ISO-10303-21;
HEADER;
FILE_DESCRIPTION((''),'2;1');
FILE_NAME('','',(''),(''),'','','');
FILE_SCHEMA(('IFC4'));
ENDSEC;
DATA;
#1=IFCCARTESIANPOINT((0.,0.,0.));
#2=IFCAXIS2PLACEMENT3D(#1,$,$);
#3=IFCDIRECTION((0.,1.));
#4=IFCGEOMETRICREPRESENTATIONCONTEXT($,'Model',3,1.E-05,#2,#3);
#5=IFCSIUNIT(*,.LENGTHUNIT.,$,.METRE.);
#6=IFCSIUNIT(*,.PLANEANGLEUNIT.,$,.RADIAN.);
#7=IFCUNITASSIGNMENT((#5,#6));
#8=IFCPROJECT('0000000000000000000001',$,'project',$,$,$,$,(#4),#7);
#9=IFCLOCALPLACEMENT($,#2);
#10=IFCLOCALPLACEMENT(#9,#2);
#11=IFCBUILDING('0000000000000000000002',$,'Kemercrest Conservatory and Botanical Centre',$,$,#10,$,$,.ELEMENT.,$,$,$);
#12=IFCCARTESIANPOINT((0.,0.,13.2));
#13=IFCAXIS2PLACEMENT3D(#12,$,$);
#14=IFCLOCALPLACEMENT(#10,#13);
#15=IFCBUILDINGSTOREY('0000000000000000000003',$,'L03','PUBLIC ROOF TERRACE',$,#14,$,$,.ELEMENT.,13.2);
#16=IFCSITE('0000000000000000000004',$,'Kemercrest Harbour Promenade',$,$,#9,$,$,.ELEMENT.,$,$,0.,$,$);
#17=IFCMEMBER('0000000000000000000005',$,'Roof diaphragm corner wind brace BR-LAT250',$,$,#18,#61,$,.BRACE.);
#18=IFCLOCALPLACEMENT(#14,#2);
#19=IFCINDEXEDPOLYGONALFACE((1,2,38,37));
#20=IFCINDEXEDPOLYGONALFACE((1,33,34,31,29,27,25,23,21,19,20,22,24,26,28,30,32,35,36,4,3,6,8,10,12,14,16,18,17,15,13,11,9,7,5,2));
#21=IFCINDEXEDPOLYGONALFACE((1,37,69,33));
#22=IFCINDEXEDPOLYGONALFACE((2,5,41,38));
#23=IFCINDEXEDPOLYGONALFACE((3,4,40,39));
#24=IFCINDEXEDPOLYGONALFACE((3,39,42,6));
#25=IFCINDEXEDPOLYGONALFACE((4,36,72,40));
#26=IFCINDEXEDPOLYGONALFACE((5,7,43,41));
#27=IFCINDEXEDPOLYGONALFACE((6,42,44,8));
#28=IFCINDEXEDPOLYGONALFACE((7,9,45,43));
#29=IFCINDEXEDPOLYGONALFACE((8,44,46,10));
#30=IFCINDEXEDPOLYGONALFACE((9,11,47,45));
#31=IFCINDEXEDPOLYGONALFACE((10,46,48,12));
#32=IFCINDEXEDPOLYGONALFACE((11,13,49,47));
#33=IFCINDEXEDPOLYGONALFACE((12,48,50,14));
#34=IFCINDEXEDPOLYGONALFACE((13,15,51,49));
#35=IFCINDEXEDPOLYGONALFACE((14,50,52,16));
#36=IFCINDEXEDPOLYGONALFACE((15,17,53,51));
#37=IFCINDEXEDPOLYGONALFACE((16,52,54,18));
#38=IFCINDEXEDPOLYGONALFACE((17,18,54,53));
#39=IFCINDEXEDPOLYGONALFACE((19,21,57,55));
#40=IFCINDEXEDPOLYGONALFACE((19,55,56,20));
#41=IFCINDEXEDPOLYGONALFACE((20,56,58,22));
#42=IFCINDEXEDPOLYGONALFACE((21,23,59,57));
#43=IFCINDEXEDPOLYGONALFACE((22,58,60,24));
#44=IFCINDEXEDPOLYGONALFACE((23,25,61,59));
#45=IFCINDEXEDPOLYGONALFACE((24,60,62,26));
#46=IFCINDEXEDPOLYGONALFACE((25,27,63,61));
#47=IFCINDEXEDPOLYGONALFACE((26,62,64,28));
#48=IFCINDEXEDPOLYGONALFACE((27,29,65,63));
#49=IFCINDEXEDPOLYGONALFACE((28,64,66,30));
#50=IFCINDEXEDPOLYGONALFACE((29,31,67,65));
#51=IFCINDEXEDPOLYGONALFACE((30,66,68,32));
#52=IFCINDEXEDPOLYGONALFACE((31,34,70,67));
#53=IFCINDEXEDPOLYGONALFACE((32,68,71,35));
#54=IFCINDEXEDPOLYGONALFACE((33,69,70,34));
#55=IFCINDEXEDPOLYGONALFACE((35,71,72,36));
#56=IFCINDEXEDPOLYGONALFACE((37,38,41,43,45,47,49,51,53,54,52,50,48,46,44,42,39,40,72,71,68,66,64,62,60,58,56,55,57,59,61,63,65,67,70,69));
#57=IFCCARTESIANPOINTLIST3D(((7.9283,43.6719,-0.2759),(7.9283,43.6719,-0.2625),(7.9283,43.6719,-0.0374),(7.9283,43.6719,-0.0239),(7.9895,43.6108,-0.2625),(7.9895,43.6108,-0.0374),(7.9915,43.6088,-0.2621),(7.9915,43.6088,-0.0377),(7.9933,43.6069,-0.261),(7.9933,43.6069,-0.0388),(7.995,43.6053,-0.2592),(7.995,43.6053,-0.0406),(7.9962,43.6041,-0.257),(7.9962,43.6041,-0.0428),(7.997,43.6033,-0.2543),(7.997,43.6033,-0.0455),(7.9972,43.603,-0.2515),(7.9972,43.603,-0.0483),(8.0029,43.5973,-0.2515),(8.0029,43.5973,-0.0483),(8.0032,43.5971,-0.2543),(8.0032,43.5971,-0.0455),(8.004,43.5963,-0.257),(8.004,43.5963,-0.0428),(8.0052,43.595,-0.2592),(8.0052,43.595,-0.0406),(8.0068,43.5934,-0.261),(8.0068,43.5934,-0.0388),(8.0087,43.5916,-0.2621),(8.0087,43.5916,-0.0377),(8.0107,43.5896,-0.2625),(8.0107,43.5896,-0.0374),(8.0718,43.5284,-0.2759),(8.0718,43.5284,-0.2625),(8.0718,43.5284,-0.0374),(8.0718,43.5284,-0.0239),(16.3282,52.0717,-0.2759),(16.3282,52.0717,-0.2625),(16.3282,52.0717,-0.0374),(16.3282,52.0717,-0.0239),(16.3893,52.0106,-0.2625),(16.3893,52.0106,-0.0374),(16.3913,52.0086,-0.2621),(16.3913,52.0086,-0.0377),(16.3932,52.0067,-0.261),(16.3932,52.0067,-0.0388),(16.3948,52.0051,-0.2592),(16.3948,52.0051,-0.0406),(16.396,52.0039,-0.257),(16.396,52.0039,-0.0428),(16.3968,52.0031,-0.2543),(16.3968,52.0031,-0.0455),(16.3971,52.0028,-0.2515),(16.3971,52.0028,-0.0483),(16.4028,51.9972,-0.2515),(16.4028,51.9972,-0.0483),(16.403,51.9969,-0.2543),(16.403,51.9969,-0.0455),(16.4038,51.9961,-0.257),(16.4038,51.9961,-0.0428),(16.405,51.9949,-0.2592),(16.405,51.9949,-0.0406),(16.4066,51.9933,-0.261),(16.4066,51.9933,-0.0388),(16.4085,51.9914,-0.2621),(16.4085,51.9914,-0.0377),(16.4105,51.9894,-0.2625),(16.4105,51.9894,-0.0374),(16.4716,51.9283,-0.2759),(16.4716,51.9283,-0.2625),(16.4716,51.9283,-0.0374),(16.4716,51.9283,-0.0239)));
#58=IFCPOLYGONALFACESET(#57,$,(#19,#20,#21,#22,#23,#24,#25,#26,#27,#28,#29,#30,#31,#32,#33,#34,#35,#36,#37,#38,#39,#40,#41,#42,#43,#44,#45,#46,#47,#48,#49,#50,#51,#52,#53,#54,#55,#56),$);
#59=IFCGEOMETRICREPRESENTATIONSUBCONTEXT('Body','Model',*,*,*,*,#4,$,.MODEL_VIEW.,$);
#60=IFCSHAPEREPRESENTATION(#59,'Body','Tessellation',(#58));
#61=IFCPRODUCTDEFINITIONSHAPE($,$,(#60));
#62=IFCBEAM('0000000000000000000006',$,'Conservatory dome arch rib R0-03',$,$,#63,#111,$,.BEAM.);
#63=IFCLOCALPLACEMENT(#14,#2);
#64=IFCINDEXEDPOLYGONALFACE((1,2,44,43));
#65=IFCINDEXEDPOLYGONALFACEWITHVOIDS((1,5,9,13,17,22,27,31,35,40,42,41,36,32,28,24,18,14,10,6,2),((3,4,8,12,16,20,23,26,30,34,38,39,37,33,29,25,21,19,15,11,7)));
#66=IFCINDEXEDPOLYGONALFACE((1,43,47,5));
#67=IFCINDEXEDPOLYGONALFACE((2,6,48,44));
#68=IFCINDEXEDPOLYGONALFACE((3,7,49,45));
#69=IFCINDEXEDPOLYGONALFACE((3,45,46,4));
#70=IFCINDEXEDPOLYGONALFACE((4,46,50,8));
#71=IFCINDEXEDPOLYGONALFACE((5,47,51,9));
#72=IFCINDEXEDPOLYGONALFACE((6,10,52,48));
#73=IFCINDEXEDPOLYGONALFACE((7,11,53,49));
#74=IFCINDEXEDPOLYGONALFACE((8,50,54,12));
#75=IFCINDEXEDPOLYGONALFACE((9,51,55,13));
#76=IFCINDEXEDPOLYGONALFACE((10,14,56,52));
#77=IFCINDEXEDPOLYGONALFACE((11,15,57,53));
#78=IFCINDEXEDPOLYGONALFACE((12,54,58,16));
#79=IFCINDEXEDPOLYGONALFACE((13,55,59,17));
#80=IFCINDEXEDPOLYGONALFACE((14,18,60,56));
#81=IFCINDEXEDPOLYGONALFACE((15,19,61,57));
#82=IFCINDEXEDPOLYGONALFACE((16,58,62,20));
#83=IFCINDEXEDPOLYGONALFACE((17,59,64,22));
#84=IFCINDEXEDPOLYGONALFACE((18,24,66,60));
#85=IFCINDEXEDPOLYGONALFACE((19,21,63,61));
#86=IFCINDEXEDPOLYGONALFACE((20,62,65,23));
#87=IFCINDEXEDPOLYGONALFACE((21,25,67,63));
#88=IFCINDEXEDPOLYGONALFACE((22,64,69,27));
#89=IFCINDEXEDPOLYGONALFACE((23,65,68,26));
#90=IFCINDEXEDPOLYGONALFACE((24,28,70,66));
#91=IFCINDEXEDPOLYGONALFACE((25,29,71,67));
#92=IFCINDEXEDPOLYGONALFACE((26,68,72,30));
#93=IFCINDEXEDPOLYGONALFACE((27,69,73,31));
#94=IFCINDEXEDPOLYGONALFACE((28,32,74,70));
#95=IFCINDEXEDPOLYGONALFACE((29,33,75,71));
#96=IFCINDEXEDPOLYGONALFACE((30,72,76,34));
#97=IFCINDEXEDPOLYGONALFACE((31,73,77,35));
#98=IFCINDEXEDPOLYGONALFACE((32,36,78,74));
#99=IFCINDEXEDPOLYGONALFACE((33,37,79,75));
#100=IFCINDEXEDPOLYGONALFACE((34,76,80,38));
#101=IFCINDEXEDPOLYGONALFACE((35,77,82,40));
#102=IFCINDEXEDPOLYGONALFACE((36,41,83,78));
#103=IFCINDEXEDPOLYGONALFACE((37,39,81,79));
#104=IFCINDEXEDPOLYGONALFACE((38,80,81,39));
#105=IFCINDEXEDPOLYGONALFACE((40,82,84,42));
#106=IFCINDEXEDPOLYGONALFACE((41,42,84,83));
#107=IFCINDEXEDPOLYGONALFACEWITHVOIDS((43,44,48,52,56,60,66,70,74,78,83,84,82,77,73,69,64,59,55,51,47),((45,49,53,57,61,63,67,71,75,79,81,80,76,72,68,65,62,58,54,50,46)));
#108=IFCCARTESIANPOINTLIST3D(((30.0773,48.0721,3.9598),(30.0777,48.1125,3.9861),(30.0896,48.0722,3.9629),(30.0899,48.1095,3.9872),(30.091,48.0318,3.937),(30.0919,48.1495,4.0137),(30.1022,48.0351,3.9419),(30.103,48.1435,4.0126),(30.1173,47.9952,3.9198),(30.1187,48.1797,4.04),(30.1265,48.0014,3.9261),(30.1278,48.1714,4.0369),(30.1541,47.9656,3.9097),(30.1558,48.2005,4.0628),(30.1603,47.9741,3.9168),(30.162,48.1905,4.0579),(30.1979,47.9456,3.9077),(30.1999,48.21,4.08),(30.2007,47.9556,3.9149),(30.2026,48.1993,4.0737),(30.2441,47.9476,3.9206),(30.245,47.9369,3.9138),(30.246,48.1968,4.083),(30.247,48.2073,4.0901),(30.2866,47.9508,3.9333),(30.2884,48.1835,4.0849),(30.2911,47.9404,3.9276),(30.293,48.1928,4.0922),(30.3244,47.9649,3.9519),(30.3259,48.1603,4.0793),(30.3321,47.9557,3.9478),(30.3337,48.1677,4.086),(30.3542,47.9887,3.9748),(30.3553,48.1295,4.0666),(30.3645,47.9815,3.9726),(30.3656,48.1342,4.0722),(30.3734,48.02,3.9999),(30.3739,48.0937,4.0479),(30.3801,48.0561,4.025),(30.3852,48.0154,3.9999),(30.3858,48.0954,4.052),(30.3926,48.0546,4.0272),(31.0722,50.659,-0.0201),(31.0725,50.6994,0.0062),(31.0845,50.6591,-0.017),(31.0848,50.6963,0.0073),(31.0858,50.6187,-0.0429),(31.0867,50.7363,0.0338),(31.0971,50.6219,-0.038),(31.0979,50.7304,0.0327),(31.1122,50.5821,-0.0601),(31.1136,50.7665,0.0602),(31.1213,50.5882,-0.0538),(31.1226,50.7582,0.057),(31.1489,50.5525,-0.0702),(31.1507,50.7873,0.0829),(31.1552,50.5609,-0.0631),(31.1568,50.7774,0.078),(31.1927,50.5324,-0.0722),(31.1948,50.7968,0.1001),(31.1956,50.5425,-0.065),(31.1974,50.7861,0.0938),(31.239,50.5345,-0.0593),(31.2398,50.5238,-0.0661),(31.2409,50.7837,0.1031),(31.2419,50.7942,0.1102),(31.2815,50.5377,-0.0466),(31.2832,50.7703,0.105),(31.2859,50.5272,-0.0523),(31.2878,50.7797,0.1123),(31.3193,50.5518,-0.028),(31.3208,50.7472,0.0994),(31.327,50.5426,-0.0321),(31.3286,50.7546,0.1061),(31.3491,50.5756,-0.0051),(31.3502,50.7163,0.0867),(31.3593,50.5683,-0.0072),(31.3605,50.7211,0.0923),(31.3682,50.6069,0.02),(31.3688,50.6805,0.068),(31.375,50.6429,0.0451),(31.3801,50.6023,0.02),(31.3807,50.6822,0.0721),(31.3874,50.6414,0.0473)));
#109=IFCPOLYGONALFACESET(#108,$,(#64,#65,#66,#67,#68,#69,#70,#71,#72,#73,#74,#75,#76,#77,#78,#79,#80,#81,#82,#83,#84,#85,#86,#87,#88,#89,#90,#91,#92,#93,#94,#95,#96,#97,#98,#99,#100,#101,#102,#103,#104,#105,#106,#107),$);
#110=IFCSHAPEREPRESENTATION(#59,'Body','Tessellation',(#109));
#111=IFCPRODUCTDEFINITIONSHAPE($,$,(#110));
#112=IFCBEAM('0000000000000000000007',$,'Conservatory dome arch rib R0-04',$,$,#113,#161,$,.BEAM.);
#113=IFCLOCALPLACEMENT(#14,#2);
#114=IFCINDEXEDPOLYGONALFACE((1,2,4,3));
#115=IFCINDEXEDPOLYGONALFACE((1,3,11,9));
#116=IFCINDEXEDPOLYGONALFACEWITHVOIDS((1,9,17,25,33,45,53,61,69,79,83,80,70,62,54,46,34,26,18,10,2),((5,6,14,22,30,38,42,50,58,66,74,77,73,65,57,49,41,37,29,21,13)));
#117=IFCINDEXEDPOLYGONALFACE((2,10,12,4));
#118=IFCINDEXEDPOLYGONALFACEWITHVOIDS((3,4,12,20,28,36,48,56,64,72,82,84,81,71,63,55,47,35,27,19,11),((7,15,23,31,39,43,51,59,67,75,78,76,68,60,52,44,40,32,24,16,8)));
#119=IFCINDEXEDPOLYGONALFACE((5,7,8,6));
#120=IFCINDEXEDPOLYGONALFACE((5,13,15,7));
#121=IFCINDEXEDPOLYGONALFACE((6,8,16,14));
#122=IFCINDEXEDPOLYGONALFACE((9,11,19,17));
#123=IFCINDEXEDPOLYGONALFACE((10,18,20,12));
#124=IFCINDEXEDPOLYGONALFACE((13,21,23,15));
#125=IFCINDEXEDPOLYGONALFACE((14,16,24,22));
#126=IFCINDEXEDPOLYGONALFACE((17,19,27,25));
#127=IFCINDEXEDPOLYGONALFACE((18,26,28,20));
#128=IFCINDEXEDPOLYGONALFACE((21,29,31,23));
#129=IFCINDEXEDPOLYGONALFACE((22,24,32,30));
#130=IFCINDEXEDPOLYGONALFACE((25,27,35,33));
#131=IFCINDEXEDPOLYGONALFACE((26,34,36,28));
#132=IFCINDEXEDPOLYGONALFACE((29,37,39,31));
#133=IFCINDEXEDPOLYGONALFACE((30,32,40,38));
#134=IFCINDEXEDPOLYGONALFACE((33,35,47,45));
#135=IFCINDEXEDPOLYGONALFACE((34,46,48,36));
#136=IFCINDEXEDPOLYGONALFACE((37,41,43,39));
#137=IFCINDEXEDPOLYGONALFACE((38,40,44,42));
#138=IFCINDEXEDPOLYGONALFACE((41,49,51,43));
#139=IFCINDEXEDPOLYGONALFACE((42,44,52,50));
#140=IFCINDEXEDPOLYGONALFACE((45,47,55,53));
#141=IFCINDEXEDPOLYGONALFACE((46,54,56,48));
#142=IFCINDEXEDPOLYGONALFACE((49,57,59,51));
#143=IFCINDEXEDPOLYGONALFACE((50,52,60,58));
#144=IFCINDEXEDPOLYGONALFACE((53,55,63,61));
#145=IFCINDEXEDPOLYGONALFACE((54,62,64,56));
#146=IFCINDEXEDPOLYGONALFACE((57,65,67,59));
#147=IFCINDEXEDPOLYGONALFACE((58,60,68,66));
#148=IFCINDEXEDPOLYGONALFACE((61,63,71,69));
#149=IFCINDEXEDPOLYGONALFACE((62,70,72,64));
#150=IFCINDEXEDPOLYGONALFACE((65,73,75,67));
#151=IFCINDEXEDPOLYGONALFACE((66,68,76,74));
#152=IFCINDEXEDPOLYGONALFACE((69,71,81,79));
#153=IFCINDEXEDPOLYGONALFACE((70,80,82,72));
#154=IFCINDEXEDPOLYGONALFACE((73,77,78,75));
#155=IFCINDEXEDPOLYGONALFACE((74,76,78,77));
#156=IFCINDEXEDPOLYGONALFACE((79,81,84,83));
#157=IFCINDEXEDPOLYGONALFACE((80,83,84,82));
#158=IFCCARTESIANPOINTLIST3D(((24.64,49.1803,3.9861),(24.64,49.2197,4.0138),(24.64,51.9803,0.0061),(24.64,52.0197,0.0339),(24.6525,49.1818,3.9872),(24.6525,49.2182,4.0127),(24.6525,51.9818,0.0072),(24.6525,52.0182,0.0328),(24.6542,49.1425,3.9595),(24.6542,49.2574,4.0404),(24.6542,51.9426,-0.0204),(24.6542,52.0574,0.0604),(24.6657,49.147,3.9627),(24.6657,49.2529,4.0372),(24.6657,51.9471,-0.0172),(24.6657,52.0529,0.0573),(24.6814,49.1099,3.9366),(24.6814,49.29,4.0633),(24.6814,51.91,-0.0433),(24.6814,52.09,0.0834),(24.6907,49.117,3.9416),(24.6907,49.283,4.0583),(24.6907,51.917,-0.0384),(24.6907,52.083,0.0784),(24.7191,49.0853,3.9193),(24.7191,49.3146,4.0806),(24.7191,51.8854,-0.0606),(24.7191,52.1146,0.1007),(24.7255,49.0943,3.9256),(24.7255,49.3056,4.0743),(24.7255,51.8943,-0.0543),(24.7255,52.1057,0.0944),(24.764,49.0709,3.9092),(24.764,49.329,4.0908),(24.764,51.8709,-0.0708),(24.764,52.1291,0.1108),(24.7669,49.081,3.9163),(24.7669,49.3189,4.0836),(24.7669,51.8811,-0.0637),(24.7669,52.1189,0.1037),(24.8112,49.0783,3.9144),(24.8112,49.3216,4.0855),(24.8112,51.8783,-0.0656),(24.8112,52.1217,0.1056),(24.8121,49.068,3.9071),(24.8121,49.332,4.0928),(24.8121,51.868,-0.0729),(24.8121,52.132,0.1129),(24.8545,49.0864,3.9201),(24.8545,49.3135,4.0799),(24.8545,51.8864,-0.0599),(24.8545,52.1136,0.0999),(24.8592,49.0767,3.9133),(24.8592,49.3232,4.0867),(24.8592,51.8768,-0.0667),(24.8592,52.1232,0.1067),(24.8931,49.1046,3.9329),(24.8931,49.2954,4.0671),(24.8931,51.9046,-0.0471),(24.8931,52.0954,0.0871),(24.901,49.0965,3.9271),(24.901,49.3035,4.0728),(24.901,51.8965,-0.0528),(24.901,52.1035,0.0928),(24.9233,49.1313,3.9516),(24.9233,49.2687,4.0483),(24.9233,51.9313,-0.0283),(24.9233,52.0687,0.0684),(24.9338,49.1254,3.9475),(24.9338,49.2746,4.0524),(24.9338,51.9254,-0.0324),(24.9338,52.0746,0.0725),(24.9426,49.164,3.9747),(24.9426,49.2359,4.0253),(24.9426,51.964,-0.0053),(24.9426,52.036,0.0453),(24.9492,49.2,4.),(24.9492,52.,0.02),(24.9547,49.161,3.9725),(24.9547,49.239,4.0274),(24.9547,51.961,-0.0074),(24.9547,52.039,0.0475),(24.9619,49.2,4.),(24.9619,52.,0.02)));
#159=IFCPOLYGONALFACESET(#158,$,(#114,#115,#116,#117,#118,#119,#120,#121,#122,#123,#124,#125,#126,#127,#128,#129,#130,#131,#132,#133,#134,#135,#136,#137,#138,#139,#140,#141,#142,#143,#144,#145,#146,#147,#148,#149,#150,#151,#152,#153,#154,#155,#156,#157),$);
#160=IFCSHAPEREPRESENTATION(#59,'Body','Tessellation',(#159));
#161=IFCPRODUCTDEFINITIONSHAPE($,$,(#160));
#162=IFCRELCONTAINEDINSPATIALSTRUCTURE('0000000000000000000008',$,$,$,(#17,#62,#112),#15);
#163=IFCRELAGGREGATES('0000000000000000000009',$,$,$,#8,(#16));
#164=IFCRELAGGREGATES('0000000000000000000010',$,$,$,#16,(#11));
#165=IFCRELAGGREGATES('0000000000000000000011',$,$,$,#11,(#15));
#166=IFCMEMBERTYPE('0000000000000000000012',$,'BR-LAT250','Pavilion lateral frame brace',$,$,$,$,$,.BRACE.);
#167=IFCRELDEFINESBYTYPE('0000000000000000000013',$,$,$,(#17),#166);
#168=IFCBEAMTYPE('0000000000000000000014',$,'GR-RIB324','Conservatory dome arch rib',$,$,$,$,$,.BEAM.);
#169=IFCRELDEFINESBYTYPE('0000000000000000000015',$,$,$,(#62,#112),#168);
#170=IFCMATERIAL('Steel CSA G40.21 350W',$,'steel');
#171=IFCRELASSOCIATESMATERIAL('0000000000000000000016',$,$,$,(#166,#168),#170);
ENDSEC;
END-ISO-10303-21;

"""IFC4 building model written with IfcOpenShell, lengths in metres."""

from ifc_helpers import new_model, si_unit, direction, frame, origin, origin_2d, place, context, subcontext, project, spatial, hollow_circle, i_section, extrude, material, material_profile, profile_set, type_object, element, save


model = new_model("IFC4")

# Units and contexts
model_context = context("Model", 3, precision=1e-05, world=origin(), true_north=direction((0.0, 1.0)))
body_context = subcontext(model_context, "Body", "Model", "MODEL_VIEW")
ifc_project = project(units=[si_unit("LENGTHUNIT", "METRE"), si_unit("PLANEANGLEUNIT", "RADIAN")], contexts=[model_context])

# Site, building, storey
site_placement = place(None, origin())
site = spatial("IfcSite", under=ifc_project, at=site_placement, Name="Kemercrest Harbour Promenade", CompositionType="ELEMENT", RefElevation=0.0)
building_placement = place(site_placement, origin())
building = spatial("IfcBuilding", under=site, at=building_placement, Name="Kemercrest Conservatory and Botanical Centre", CompositionType="ELEMENT")
storey_placement = place(building_placement, frame((0.0, 0.0, 13.2)))
storey = spatial("IfcBuildingStorey", under=building, at=storey_placement, Name="L03", Description="PUBLIC ROOF TERRACE", CompositionType="ELEMENT", Elevation=13.2)

# Member
ifc_material_1 = material(Name="Steel CSA G40.21 350W", Category="steel")
ifc_material_profile_1 = material_profile(ifc_material_1, i_section(OverallWidth=0.2029, OverallDepth=0.252, WebThickness=0.0081, FlangeThickness=0.0134, FilletRadius=0.011, at=origin_2d()), Name="W250X58")
ifc_profile_set_1 = profile_set([ifc_material_profile_1], Name="Steel CSA G40.21 350W")
member_type_1 = type_object("IfcMemberType", Name="BR-LAT250", Description="Pavilion lateral frame brace", PredefinedType="BRACE", material=ifc_profile_set_1)
member_1_placement = place(storey_placement, frame((16.3999, 52.0, -0.1499), z_axis=(-0.707107, -0.707107, 0.0), x_axis=(0.707107, -0.707107, 0.0)))
element("IfcMember", 1, at=member_1_placement, inside=storey, type_object=member_type_1, Name="Roof diaphragm corner wind brace BR-LAT250", PredefinedType="BRACE", context=body_context, shape_type="SweptSolid", body=[
    extrude(i_section(OverallWidth=0.2029, OverallDepth=0.252, WebThickness=0.0081, FlangeThickness=0.0134, FilletRadius=0.011, at=origin_2d()), origin(), (0.0, 0.0, 1.0), 11.8792),
])

# Beams
ifc_material_profile_2 = material_profile(ifc_material_1, hollow_circle(Radius=0.1619, WallThickness=0.0127, at=origin_2d()), Name="CHS 323.9x12.7")
ifc_profile_set_2 = profile_set([ifc_material_profile_2], Name="Steel CSA G40.21 350W")
beam_type = type_object("IfcBeamType", Name="GR-RIB324", Description="Conservatory dome arch rib", PredefinedType="BEAM", material=ifc_profile_set_2)
beam_1_placement = place(storey_placement, frame((31.229, 50.6604, 0.02), z_axis=(-0.20513, -0.533388, 0.820621), x_axis=(0.933357, -0.35895, 0.0)))
element("IfcBeam", 2, at=beam_1_placement, inside=storey, type_object=beam_type, Name="Conservatory dome arch rib R0-03", PredefinedType="BEAM", context=body_context, shape_type="SweptSolid", body=[
    extrude(hollow_circle(Radius=0.1619, WallThickness=0.0127, at=origin_2d()), origin(), (0.0, 0.0, 1.0), 4.8499),
])
beam_2_placement = place(storey_placement, frame((24.8, 52.0, 0.02), z_axis=(0.0, -0.5754, 0.817872), x_axis=(1.0, 0.0, 0.0)))
element("IfcBeam", 3, at=beam_2_placement, inside=storey, type_object=beam_type, Name="Conservatory dome arch rib R0-04", PredefinedType="BEAM", context=body_context, shape_type="SweptSolid", body=[
    extrude(hollow_circle(Radius=0.1619, WallThickness=0.0127, at=origin_2d()), origin(), (0.0, 0.0, 1.0), 4.8662),
])

save(model, "model.ifc")
